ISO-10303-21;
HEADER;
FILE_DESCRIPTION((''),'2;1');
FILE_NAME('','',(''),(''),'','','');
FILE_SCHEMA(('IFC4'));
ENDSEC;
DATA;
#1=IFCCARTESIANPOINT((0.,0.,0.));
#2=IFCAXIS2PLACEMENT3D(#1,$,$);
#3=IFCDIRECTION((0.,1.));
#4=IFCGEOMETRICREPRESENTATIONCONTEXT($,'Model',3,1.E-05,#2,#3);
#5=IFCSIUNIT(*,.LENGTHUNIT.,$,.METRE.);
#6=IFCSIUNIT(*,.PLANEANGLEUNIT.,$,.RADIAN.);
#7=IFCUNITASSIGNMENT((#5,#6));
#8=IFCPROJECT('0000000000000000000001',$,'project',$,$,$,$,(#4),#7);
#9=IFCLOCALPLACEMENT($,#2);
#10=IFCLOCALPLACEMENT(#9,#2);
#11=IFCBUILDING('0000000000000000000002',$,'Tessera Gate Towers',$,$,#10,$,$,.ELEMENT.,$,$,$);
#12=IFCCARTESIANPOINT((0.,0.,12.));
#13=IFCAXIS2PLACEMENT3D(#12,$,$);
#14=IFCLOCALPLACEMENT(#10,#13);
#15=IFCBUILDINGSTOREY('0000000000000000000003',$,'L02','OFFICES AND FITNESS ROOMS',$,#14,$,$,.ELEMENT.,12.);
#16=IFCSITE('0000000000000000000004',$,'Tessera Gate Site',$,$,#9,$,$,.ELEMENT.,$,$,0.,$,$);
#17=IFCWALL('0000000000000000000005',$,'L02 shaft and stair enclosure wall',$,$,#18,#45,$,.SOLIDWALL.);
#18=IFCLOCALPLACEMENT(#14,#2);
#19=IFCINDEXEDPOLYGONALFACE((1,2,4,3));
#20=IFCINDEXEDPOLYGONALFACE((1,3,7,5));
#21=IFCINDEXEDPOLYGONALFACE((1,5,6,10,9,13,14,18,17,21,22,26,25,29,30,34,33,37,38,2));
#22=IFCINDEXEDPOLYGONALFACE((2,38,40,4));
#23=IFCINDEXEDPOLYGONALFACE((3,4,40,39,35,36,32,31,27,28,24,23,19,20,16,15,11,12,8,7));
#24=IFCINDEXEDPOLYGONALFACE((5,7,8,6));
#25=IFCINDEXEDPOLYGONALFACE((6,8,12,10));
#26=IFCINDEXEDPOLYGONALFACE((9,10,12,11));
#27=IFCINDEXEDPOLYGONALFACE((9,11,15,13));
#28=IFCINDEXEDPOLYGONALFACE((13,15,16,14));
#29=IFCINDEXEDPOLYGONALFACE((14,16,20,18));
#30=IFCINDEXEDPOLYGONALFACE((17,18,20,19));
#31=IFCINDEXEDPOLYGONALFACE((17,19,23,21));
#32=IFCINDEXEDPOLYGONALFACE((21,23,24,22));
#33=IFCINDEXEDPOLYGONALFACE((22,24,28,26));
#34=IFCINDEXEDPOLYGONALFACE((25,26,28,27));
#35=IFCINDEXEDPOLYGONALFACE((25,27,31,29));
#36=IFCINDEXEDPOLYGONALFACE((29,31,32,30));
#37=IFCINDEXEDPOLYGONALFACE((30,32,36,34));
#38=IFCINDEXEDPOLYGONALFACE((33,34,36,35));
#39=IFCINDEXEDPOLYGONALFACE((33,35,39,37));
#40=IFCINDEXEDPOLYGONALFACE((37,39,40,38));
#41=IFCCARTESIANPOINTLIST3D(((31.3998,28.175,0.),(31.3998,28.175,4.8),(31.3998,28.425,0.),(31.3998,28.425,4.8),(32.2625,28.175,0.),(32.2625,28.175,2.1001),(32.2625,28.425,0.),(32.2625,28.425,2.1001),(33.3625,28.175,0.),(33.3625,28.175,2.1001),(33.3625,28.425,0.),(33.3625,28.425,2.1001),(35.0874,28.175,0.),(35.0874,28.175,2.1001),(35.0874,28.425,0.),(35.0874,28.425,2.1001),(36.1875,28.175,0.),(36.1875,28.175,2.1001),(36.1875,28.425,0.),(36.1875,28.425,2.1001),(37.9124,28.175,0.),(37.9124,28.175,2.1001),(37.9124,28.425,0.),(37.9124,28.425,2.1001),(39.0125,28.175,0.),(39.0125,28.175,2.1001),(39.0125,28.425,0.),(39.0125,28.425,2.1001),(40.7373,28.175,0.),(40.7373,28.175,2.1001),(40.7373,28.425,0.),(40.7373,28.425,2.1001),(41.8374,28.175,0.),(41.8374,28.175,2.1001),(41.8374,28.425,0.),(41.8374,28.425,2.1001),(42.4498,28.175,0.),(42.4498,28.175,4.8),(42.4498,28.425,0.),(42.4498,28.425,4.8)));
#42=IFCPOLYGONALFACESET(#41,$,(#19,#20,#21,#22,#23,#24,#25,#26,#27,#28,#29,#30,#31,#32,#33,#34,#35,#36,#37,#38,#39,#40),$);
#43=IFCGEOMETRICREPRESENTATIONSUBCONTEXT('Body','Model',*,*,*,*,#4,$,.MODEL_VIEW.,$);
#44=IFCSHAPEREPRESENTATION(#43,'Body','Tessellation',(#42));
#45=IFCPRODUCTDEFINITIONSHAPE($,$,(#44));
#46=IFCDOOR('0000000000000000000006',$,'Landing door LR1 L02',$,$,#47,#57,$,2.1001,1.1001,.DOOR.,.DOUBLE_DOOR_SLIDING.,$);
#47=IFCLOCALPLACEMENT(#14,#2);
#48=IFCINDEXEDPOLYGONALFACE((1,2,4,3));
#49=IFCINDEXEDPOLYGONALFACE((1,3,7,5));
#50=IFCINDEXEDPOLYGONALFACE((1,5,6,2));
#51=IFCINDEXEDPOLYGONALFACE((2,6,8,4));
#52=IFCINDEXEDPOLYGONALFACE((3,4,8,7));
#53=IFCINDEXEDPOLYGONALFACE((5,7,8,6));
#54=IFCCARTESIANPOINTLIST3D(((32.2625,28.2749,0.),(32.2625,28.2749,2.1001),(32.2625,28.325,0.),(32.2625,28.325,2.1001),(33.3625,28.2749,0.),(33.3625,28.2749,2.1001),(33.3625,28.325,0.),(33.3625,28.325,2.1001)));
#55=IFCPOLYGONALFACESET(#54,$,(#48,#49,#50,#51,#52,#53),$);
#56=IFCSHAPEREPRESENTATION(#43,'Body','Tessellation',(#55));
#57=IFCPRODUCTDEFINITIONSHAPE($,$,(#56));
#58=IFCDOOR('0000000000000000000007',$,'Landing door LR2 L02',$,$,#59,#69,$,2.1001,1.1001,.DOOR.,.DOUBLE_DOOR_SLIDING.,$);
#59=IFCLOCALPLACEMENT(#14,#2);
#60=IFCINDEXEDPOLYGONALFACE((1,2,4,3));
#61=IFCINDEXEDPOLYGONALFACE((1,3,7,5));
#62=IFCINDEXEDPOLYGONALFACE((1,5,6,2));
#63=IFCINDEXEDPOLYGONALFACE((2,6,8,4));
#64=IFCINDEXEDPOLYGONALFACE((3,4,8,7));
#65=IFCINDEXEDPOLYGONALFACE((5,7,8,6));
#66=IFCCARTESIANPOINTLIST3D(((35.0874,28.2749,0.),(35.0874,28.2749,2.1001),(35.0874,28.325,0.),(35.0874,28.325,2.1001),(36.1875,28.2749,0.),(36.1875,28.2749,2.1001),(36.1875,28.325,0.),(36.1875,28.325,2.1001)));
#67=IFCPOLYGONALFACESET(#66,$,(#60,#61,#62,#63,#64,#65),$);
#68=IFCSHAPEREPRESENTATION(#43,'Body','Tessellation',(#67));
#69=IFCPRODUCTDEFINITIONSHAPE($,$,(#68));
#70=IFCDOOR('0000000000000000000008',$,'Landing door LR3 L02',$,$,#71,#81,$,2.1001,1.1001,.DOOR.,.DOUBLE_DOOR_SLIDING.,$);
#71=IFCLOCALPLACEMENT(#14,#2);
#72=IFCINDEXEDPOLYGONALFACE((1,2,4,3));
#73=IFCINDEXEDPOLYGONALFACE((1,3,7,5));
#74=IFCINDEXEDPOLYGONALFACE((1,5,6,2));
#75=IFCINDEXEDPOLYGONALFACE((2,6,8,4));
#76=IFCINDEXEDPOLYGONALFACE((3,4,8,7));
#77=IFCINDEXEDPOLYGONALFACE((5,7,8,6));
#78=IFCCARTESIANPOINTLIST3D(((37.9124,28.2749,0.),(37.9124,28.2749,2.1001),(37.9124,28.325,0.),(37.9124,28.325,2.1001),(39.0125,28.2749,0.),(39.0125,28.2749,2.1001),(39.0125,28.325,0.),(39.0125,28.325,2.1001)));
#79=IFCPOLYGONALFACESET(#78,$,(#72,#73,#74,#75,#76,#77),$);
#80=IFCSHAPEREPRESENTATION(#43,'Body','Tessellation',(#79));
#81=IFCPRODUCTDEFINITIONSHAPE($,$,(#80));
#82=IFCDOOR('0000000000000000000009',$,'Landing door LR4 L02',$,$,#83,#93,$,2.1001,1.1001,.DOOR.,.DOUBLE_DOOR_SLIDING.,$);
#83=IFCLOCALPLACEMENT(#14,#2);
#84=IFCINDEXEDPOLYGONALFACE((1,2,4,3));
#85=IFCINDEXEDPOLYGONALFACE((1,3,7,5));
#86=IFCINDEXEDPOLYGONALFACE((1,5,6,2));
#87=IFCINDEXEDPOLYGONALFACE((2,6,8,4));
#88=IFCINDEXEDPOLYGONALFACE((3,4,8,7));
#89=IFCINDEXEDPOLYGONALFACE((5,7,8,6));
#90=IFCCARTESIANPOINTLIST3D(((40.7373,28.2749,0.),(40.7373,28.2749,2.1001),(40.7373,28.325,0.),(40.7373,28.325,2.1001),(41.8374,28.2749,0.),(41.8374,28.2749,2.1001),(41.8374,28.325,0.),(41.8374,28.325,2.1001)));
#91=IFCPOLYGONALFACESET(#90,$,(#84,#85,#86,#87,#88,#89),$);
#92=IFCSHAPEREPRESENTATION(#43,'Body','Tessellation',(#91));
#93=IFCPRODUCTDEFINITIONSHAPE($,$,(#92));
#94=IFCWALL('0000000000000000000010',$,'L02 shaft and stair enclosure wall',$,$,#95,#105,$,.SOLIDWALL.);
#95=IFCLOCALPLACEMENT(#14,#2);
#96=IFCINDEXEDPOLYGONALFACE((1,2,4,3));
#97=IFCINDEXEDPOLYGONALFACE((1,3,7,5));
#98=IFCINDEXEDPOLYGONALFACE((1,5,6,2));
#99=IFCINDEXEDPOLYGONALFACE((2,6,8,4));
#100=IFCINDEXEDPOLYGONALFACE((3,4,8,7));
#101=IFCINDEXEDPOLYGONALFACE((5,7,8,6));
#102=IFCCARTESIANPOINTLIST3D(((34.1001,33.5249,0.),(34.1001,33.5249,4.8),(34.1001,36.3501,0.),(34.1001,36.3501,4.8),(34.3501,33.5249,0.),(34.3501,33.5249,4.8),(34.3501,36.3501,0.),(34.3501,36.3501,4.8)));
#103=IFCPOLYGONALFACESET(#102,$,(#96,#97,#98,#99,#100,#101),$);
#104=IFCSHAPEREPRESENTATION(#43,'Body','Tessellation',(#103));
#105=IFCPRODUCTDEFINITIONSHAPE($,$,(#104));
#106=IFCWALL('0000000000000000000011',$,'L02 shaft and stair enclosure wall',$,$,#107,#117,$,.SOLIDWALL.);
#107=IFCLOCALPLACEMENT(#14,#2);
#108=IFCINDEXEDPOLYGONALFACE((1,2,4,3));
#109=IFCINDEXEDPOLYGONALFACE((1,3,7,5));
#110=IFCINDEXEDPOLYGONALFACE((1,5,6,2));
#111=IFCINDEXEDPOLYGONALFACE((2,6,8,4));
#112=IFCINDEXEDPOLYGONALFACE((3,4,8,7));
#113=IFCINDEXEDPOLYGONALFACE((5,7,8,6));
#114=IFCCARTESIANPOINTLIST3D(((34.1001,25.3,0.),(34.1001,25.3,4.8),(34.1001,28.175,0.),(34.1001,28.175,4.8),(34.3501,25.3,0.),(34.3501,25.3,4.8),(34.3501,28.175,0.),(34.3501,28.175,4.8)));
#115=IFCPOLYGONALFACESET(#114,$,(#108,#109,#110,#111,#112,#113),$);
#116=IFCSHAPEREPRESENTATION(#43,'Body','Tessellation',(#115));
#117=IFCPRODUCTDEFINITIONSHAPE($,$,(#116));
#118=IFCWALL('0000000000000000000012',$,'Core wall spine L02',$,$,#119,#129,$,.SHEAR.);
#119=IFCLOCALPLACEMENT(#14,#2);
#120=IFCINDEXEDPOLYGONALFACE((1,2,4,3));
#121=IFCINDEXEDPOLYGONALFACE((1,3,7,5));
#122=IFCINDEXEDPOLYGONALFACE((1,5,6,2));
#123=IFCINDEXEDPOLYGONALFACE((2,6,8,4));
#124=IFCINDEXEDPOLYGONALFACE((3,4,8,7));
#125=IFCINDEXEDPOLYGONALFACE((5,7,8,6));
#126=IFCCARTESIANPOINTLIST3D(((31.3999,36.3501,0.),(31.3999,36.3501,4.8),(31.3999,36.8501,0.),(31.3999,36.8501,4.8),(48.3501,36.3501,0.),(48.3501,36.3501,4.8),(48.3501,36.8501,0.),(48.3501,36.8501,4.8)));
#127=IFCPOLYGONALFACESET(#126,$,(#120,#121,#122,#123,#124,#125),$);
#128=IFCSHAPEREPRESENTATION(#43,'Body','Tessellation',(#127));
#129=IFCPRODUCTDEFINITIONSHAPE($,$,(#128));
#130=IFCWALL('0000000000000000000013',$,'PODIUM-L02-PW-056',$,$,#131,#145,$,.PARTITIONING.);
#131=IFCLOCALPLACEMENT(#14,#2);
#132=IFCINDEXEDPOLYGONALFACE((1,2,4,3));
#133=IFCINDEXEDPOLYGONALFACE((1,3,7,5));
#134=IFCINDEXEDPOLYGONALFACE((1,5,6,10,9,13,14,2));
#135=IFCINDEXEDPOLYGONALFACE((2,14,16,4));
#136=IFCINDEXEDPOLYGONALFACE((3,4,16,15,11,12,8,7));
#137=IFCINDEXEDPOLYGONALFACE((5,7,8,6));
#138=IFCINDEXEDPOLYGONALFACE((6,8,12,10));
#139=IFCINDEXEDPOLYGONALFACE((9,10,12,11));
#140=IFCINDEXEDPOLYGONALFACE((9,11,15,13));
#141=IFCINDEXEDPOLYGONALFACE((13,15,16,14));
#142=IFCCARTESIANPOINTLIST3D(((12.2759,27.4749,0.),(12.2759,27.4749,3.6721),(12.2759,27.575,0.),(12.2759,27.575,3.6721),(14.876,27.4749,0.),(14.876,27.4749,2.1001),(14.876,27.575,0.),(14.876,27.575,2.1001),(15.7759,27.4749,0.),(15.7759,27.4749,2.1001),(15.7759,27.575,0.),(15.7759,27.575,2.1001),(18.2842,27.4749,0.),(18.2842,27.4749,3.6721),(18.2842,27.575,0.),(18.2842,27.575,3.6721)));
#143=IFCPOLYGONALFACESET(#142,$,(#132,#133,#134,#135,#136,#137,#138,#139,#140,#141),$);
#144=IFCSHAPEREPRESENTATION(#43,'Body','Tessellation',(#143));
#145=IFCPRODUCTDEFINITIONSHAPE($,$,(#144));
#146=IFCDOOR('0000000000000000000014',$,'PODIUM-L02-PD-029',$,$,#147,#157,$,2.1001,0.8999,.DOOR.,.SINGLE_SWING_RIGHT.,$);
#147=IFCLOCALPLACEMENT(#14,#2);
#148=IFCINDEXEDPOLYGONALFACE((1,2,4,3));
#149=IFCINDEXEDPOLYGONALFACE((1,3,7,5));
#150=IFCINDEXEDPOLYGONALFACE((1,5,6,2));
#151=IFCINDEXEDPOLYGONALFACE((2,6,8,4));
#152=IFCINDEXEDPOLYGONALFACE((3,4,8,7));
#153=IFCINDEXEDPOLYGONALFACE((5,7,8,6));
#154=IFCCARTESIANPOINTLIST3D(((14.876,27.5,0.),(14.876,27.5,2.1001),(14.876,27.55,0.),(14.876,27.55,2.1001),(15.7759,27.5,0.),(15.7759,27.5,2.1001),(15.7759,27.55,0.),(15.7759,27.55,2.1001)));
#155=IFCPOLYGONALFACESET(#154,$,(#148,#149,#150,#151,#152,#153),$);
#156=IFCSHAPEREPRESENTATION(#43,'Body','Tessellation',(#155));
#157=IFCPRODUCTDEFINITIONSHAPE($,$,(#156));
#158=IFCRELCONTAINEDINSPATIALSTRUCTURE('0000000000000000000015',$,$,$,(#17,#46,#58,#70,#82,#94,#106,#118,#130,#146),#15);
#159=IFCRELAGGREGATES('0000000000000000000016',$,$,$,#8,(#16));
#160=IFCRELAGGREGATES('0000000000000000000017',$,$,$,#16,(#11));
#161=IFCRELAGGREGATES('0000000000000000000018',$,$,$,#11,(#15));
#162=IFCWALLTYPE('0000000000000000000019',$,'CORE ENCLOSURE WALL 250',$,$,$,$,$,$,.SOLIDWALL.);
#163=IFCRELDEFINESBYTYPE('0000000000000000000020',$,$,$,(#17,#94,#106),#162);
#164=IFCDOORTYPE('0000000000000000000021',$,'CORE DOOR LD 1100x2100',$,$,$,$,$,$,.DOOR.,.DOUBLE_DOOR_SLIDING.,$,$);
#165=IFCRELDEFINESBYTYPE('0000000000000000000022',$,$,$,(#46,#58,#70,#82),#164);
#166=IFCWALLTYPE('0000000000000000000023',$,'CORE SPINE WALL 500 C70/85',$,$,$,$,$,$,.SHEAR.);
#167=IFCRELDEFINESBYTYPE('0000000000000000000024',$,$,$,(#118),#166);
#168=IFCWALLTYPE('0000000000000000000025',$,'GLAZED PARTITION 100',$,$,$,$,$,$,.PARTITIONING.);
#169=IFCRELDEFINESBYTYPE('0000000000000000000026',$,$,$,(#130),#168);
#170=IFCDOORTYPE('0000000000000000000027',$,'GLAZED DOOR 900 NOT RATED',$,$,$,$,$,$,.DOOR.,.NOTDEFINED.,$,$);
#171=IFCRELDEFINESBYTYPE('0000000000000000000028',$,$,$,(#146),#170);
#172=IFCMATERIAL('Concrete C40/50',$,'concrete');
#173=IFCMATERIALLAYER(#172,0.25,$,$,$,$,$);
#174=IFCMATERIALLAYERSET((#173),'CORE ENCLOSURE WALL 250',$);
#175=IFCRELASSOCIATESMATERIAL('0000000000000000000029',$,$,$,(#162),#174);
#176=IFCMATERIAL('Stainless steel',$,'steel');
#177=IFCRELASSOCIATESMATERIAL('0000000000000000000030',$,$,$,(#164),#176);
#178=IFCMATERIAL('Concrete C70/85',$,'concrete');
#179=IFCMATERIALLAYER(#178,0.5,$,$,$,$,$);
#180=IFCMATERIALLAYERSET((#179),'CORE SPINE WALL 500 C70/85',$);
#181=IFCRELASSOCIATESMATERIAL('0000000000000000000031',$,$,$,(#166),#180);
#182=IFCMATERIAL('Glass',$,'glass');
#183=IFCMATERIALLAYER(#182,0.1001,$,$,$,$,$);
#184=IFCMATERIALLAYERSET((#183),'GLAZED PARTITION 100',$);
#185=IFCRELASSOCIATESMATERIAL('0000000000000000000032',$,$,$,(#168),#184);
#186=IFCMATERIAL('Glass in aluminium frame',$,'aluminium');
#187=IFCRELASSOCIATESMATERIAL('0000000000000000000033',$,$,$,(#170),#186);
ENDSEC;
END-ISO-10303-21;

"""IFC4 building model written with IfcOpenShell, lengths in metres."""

from ifc_helpers import new_model, si_unit, direction, frame, frame_2d, origin, place, context, subcontext, project, spatial, rectangle, extrude, source, transform, mapped, material, layer, layer_set, type_object, element, fill, save


model = new_model("IFC4")

# Units and contexts
model_context = context("Model", 3, precision=1e-05, world=origin(), true_north=direction((0.0, 1.0)))
body_context = subcontext(model_context, "Body", "Model", "MODEL_VIEW")
ifc_project = project(units=[si_unit("LENGTHUNIT", "METRE"), si_unit("PLANEANGLEUNIT", "RADIAN")], contexts=[model_context])

# Site, building, storey
site_placement = place(None, origin())
site = spatial("IfcSite", under=ifc_project, at=site_placement, Name="Tessera Gate Site", CompositionType="ELEMENT", RefElevation=0.0)
building_placement = place(site_placement, origin())
building = spatial("IfcBuilding", under=site, at=building_placement, Name="Tessera Gate Towers", CompositionType="ELEMENT")
storey_placement = place(building_placement, frame((0.0, 0.0, 12.0)))
storey = spatial("IfcBuildingStorey", under=building, at=storey_placement, Name="L02", Description="OFFICES AND FITNESS ROOMS", CompositionType="ELEMENT", Elevation=12.0)

# Wall, openings, doors
ifc_material_1 = material(Name="Concrete C40/50", Category="concrete")
ifc_layer_1 = layer(ifc_material_1, 0.25)
ifc_layer_set_1 = layer_set([ifc_layer_1], Name="CORE ENCLOSURE WALL 250")
wall_type_1 = type_object("IfcWallType", Name="CORE ENCLOSURE WALL 250", PredefinedType="SOLIDWALL", material=ifc_layer_set_1)
wall_1_placement = place(storey_placement, frame((31.3999, 28.3, 0.0), z_axis=(0.0, 0.0, 1.0), x_axis=(1.0, 0.0, 0.0)))
wall_1 = element("IfcWall", 1, at=wall_1_placement, inside=storey, type_object=wall_type_1, Name="L02 shaft and stair enclosure wall", PredefinedType="SOLIDWALL", context=body_context, shape_type="SweptSolid", body=[
    extrude(rectangle(XDim=11.05, YDim=0.25, at=frame_2d((5.5249, 0.0))), origin(), (0.0, 0.0, 1.0), 4.8),
])
shared_shape_1 = source(origin(), body_context, "Body", "SweptSolid", [
    extrude(rectangle(XDim=1.1001, YDim=2.1001, at=frame_2d((0.55, 1.05))), frame((0.0, 0.135, 0.0), z_axis=(0.0, -1.0, 0.0), x_axis=(1.0, 0.0, 0.0)), (0.0, 0.0, 1.0), 0.27),
])
opening_1_placement = place(wall_1_placement, frame((0.8625, 0.0, 0.0)))
opening_1 = element("IfcOpeningElement", 2, at=opening_1_placement, cuts=wall_1, PredefinedType="OPENING", context=body_context, shape_type="MappedRepresentation", body=[
    mapped(shared_shape_1, transform((0.0, 0.0, 0.0), scale=1.0)),
])
opening_2_placement = place(wall_1_placement, frame((3.6875, 0.0, 0.0)))
opening_2 = element("IfcOpeningElement", 3, at=opening_2_placement, cuts=wall_1, PredefinedType="OPENING", context=body_context, shape_type="MappedRepresentation", body=[
    mapped(shared_shape_1, transform((0.0, 0.0, 0.0), scale=1.0)),
])
opening_3_placement = place(wall_1_placement, frame((6.5125, 0.0, 0.0)))
opening_3 = element("IfcOpeningElement", 4, at=opening_3_placement, cuts=wall_1, PredefinedType="OPENING", context=body_context, shape_type="MappedRepresentation", body=[
    mapped(shared_shape_1, transform((0.0, 0.0, 0.0), scale=1.0)),
])
opening_4_placement = place(wall_1_placement, frame((9.3374, 0.0, 0.0)))
opening_4 = element("IfcOpeningElement", 5, at=opening_4_placement, cuts=wall_1, PredefinedType="OPENING", context=body_context, shape_type="MappedRepresentation", body=[
    mapped(shared_shape_1, transform((0.0, 0.0, 0.0), scale=1.0)),
])
ifc_material_2 = material(Name="Stainless steel", Category="steel")
door_type_1 = type_object("IfcDoorType", Name="CORE DOOR LD 1100x2100", OperationType="DOUBLE_DOOR_SLIDING", PredefinedType="DOOR", material=ifc_material_2)
shared_shape_2 = source(origin(), body_context, "Body", "SweptSolid", [
    extrude(rectangle(XDim=1.1001, YDim=2.1001, at=frame_2d((0.55, 1.05))), frame((0.0, 0.0249, 0.0), z_axis=(0.0, -1.0, 0.0), x_axis=(1.0, 0.0, 0.0)), (0.0, 0.0, 1.0), 0.05),
])
door_1_placement = place(opening_1_placement, origin())
door_1 = element("IfcDoor", 6, at=door_1_placement, inside=storey, type_object=door_type_1, Name="Landing door LR1 L02", OperationType="DOUBLE_DOOR_SLIDING", OverallHeight=2.1001, OverallWidth=1.1001, PredefinedType="DOOR", context=body_context, shape_type="MappedRepresentation", body=[
    mapped(shared_shape_2, transform((0.0, 0.0, 0.0), scale=1.0)),
])
fill(opening_1, door_1)
door_2_placement = place(opening_2_placement, origin())
door_2 = element("IfcDoor", 7, at=door_2_placement, inside=storey, type_object=door_type_1, Name="Landing door LR2 L02", OperationType="DOUBLE_DOOR_SLIDING", OverallHeight=2.1001, OverallWidth=1.1001, PredefinedType="DOOR", context=body_context, shape_type="MappedRepresentation", body=[
    mapped(shared_shape_2, transform((0.0, 0.0, 0.0), scale=1.0)),
])
fill(opening_2, door_2)
door_3_placement = place(opening_3_placement, origin())
door_3 = element("IfcDoor", 8, at=door_3_placement, inside=storey, type_object=door_type_1, Name="Landing door LR3 L02", OperationType="DOUBLE_DOOR_SLIDING", OverallHeight=2.1001, OverallWidth=1.1001, PredefinedType="DOOR", context=body_context, shape_type="MappedRepresentation", body=[
    mapped(shared_shape_2, transform((0.0, 0.0, 0.0), scale=1.0)),
])
fill(opening_3, door_3)
door_4_placement = place(opening_4_placement, origin())
door_4 = element("IfcDoor", 9, at=door_4_placement, inside=storey, type_object=door_type_1, Name="Landing door LR4 L02", OperationType="DOUBLE_DOOR_SLIDING", OverallHeight=2.1001, OverallWidth=1.1001, PredefinedType="DOOR", context=body_context, shape_type="MappedRepresentation", body=[
    mapped(shared_shape_2, transform((0.0, 0.0, 0.0), scale=1.0)),
])
fill(opening_4, door_4)

# Walls
wall_2_placement = place(storey_placement, frame((34.2251, 33.5249, 0.0), z_axis=(0.0, 0.0, 1.0), x_axis=(0.0, 1.0, 0.0)))
element("IfcWall", 10, at=wall_2_placement, inside=storey, type_object=wall_type_1, Name="L02 shaft and stair enclosure wall", PredefinedType="SOLIDWALL", context=body_context, shape_type="SweptSolid", body=[
    extrude(rectangle(XDim=2.8252, YDim=0.25, at=frame_2d((1.4126, 0.0))), origin(), (0.0, 0.0, 1.0), 4.8),
])
wall_3_placement = place(storey_placement, frame((34.2251, 25.3, 0.0), z_axis=(0.0, 0.0, 1.0), x_axis=(0.0, 1.0, 0.0)))
element("IfcWall", 11, at=wall_3_placement, inside=storey, type_object=wall_type_1, Name="L02 shaft and stair enclosure wall", PredefinedType="SOLIDWALL", context=body_context, shape_type="SweptSolid", body=[
    extrude(rectangle(XDim=2.875, YDim=0.25, at=frame_2d((1.4375, 0.0))), origin(), (0.0, 0.0, 1.0), 4.8),
])

# Wall
ifc_material_3 = material(Name="Concrete C70/85", Category="concrete")
ifc_layer_2 = layer(ifc_material_3, 0.5)
ifc_layer_set_2 = layer_set([ifc_layer_2], Name="CORE SPINE WALL 500 C70/85")
wall_type_2 = type_object("IfcWallType", Name="CORE SPINE WALL 500 C70/85", PredefinedType="SHEAR", material=ifc_layer_set_2)
wall_4_placement = place(storey_placement, frame((31.3999, 36.6001, 0.0), z_axis=(0.0, 0.0, 1.0), x_axis=(1.0, 0.0, 0.0)))
element("IfcWall", 12, at=wall_4_placement, inside=storey, type_object=wall_type_2, Name="Core wall spine L02", PredefinedType="SHEAR", context=body_context, shape_type="SweptSolid", body=[
    extrude(rectangle(XDim=16.9502, YDim=0.5, at=frame_2d((8.4751, 0.0))), origin(), (0.0, 0.0, 1.0), 4.8),
])

# Wall, opening, door
ifc_material_4 = material(Name="Glass", Category="glass")
ifc_layer_3 = layer(ifc_material_4, 0.1001)
ifc_layer_set_3 = layer_set([ifc_layer_3], Name="GLAZED PARTITION 100")
wall_type_3 = type_object("IfcWallType", Name="GLAZED PARTITION 100", PredefinedType="PARTITIONING", material=ifc_layer_set_3)
wall_5_placement = place(storey_placement, frame((18.2842, 27.5249, 0.0), z_axis=(0.0, 0.0, 1.0), x_axis=(-1.0, 0.0, 0.0)))
wall_5 = element("IfcWall", 13, at=wall_5_placement, inside=storey, type_object=wall_type_3, Name="PODIUM-L02-PW-056", PredefinedType="PARTITIONING", context=body_context, shape_type="SweptSolid", body=[
    extrude(rectangle(XDim=6.0083, YDim=0.1001, at=frame_2d((3.0042, 0.0))), origin(), (0.0, 0.0, 1.0), 3.6721),
])
shared_shape_3 = source(origin(), body_context, "Body", "SweptSolid", [
    extrude(rectangle(XDim=0.8999, YDim=2.1001, at=frame_2d((0.45, 1.05))), frame((0.0, 0.0601, 0.0), z_axis=(0.0, -1.0, 0.0), x_axis=(1.0, 0.0, 0.0)), (0.0, 0.0, 1.0), 0.1201),
])
opening_5_placement = place(wall_5_placement, frame((2.5083, 0.0, 0.0)))
opening_5 = element("IfcOpeningElement", 14, at=opening_5_placement, cuts=wall_5, PredefinedType="OPENING", context=body_context, shape_type="MappedRepresentation", body=[
    mapped(shared_shape_3, transform((0.0, 0.0, 0.0), scale=1.0)),
])
ifc_material_5 = material(Name="Glass in aluminium frame", Category="aluminium")
door_type_2 = type_object("IfcDoorType", Name="GLAZED DOOR 900 NOT RATED", OperationType="NOTDEFINED", PredefinedType="DOOR", material=ifc_material_5)
shared_shape_4 = source(origin(), body_context, "Body", "SweptSolid", [
    extrude(rectangle(XDim=0.8999, YDim=2.1001, at=frame_2d((0.45, 1.05))), frame((0.0, 0.0249, 0.0), z_axis=(0.0, -1.0, 0.0), x_axis=(1.0, 0.0, 0.0)), (0.0, 0.0, 1.0), 0.05),
])
door_5_placement = place(opening_5_placement, origin())
door_5 = element("IfcDoor", 15, at=door_5_placement, inside=storey, type_object=door_type_2, Name="PODIUM-L02-PD-029", OperationType="SINGLE_SWING_RIGHT", OverallHeight=2.1001, OverallWidth=0.8999, PredefinedType="DOOR", context=body_context, shape_type="MappedRepresentation", body=[
    mapped(shared_shape_4, transform((0.0, 0.0, 0.0), scale=1.0)),
])
fill(opening_5, door_5)

save(model, "model.ifc")
